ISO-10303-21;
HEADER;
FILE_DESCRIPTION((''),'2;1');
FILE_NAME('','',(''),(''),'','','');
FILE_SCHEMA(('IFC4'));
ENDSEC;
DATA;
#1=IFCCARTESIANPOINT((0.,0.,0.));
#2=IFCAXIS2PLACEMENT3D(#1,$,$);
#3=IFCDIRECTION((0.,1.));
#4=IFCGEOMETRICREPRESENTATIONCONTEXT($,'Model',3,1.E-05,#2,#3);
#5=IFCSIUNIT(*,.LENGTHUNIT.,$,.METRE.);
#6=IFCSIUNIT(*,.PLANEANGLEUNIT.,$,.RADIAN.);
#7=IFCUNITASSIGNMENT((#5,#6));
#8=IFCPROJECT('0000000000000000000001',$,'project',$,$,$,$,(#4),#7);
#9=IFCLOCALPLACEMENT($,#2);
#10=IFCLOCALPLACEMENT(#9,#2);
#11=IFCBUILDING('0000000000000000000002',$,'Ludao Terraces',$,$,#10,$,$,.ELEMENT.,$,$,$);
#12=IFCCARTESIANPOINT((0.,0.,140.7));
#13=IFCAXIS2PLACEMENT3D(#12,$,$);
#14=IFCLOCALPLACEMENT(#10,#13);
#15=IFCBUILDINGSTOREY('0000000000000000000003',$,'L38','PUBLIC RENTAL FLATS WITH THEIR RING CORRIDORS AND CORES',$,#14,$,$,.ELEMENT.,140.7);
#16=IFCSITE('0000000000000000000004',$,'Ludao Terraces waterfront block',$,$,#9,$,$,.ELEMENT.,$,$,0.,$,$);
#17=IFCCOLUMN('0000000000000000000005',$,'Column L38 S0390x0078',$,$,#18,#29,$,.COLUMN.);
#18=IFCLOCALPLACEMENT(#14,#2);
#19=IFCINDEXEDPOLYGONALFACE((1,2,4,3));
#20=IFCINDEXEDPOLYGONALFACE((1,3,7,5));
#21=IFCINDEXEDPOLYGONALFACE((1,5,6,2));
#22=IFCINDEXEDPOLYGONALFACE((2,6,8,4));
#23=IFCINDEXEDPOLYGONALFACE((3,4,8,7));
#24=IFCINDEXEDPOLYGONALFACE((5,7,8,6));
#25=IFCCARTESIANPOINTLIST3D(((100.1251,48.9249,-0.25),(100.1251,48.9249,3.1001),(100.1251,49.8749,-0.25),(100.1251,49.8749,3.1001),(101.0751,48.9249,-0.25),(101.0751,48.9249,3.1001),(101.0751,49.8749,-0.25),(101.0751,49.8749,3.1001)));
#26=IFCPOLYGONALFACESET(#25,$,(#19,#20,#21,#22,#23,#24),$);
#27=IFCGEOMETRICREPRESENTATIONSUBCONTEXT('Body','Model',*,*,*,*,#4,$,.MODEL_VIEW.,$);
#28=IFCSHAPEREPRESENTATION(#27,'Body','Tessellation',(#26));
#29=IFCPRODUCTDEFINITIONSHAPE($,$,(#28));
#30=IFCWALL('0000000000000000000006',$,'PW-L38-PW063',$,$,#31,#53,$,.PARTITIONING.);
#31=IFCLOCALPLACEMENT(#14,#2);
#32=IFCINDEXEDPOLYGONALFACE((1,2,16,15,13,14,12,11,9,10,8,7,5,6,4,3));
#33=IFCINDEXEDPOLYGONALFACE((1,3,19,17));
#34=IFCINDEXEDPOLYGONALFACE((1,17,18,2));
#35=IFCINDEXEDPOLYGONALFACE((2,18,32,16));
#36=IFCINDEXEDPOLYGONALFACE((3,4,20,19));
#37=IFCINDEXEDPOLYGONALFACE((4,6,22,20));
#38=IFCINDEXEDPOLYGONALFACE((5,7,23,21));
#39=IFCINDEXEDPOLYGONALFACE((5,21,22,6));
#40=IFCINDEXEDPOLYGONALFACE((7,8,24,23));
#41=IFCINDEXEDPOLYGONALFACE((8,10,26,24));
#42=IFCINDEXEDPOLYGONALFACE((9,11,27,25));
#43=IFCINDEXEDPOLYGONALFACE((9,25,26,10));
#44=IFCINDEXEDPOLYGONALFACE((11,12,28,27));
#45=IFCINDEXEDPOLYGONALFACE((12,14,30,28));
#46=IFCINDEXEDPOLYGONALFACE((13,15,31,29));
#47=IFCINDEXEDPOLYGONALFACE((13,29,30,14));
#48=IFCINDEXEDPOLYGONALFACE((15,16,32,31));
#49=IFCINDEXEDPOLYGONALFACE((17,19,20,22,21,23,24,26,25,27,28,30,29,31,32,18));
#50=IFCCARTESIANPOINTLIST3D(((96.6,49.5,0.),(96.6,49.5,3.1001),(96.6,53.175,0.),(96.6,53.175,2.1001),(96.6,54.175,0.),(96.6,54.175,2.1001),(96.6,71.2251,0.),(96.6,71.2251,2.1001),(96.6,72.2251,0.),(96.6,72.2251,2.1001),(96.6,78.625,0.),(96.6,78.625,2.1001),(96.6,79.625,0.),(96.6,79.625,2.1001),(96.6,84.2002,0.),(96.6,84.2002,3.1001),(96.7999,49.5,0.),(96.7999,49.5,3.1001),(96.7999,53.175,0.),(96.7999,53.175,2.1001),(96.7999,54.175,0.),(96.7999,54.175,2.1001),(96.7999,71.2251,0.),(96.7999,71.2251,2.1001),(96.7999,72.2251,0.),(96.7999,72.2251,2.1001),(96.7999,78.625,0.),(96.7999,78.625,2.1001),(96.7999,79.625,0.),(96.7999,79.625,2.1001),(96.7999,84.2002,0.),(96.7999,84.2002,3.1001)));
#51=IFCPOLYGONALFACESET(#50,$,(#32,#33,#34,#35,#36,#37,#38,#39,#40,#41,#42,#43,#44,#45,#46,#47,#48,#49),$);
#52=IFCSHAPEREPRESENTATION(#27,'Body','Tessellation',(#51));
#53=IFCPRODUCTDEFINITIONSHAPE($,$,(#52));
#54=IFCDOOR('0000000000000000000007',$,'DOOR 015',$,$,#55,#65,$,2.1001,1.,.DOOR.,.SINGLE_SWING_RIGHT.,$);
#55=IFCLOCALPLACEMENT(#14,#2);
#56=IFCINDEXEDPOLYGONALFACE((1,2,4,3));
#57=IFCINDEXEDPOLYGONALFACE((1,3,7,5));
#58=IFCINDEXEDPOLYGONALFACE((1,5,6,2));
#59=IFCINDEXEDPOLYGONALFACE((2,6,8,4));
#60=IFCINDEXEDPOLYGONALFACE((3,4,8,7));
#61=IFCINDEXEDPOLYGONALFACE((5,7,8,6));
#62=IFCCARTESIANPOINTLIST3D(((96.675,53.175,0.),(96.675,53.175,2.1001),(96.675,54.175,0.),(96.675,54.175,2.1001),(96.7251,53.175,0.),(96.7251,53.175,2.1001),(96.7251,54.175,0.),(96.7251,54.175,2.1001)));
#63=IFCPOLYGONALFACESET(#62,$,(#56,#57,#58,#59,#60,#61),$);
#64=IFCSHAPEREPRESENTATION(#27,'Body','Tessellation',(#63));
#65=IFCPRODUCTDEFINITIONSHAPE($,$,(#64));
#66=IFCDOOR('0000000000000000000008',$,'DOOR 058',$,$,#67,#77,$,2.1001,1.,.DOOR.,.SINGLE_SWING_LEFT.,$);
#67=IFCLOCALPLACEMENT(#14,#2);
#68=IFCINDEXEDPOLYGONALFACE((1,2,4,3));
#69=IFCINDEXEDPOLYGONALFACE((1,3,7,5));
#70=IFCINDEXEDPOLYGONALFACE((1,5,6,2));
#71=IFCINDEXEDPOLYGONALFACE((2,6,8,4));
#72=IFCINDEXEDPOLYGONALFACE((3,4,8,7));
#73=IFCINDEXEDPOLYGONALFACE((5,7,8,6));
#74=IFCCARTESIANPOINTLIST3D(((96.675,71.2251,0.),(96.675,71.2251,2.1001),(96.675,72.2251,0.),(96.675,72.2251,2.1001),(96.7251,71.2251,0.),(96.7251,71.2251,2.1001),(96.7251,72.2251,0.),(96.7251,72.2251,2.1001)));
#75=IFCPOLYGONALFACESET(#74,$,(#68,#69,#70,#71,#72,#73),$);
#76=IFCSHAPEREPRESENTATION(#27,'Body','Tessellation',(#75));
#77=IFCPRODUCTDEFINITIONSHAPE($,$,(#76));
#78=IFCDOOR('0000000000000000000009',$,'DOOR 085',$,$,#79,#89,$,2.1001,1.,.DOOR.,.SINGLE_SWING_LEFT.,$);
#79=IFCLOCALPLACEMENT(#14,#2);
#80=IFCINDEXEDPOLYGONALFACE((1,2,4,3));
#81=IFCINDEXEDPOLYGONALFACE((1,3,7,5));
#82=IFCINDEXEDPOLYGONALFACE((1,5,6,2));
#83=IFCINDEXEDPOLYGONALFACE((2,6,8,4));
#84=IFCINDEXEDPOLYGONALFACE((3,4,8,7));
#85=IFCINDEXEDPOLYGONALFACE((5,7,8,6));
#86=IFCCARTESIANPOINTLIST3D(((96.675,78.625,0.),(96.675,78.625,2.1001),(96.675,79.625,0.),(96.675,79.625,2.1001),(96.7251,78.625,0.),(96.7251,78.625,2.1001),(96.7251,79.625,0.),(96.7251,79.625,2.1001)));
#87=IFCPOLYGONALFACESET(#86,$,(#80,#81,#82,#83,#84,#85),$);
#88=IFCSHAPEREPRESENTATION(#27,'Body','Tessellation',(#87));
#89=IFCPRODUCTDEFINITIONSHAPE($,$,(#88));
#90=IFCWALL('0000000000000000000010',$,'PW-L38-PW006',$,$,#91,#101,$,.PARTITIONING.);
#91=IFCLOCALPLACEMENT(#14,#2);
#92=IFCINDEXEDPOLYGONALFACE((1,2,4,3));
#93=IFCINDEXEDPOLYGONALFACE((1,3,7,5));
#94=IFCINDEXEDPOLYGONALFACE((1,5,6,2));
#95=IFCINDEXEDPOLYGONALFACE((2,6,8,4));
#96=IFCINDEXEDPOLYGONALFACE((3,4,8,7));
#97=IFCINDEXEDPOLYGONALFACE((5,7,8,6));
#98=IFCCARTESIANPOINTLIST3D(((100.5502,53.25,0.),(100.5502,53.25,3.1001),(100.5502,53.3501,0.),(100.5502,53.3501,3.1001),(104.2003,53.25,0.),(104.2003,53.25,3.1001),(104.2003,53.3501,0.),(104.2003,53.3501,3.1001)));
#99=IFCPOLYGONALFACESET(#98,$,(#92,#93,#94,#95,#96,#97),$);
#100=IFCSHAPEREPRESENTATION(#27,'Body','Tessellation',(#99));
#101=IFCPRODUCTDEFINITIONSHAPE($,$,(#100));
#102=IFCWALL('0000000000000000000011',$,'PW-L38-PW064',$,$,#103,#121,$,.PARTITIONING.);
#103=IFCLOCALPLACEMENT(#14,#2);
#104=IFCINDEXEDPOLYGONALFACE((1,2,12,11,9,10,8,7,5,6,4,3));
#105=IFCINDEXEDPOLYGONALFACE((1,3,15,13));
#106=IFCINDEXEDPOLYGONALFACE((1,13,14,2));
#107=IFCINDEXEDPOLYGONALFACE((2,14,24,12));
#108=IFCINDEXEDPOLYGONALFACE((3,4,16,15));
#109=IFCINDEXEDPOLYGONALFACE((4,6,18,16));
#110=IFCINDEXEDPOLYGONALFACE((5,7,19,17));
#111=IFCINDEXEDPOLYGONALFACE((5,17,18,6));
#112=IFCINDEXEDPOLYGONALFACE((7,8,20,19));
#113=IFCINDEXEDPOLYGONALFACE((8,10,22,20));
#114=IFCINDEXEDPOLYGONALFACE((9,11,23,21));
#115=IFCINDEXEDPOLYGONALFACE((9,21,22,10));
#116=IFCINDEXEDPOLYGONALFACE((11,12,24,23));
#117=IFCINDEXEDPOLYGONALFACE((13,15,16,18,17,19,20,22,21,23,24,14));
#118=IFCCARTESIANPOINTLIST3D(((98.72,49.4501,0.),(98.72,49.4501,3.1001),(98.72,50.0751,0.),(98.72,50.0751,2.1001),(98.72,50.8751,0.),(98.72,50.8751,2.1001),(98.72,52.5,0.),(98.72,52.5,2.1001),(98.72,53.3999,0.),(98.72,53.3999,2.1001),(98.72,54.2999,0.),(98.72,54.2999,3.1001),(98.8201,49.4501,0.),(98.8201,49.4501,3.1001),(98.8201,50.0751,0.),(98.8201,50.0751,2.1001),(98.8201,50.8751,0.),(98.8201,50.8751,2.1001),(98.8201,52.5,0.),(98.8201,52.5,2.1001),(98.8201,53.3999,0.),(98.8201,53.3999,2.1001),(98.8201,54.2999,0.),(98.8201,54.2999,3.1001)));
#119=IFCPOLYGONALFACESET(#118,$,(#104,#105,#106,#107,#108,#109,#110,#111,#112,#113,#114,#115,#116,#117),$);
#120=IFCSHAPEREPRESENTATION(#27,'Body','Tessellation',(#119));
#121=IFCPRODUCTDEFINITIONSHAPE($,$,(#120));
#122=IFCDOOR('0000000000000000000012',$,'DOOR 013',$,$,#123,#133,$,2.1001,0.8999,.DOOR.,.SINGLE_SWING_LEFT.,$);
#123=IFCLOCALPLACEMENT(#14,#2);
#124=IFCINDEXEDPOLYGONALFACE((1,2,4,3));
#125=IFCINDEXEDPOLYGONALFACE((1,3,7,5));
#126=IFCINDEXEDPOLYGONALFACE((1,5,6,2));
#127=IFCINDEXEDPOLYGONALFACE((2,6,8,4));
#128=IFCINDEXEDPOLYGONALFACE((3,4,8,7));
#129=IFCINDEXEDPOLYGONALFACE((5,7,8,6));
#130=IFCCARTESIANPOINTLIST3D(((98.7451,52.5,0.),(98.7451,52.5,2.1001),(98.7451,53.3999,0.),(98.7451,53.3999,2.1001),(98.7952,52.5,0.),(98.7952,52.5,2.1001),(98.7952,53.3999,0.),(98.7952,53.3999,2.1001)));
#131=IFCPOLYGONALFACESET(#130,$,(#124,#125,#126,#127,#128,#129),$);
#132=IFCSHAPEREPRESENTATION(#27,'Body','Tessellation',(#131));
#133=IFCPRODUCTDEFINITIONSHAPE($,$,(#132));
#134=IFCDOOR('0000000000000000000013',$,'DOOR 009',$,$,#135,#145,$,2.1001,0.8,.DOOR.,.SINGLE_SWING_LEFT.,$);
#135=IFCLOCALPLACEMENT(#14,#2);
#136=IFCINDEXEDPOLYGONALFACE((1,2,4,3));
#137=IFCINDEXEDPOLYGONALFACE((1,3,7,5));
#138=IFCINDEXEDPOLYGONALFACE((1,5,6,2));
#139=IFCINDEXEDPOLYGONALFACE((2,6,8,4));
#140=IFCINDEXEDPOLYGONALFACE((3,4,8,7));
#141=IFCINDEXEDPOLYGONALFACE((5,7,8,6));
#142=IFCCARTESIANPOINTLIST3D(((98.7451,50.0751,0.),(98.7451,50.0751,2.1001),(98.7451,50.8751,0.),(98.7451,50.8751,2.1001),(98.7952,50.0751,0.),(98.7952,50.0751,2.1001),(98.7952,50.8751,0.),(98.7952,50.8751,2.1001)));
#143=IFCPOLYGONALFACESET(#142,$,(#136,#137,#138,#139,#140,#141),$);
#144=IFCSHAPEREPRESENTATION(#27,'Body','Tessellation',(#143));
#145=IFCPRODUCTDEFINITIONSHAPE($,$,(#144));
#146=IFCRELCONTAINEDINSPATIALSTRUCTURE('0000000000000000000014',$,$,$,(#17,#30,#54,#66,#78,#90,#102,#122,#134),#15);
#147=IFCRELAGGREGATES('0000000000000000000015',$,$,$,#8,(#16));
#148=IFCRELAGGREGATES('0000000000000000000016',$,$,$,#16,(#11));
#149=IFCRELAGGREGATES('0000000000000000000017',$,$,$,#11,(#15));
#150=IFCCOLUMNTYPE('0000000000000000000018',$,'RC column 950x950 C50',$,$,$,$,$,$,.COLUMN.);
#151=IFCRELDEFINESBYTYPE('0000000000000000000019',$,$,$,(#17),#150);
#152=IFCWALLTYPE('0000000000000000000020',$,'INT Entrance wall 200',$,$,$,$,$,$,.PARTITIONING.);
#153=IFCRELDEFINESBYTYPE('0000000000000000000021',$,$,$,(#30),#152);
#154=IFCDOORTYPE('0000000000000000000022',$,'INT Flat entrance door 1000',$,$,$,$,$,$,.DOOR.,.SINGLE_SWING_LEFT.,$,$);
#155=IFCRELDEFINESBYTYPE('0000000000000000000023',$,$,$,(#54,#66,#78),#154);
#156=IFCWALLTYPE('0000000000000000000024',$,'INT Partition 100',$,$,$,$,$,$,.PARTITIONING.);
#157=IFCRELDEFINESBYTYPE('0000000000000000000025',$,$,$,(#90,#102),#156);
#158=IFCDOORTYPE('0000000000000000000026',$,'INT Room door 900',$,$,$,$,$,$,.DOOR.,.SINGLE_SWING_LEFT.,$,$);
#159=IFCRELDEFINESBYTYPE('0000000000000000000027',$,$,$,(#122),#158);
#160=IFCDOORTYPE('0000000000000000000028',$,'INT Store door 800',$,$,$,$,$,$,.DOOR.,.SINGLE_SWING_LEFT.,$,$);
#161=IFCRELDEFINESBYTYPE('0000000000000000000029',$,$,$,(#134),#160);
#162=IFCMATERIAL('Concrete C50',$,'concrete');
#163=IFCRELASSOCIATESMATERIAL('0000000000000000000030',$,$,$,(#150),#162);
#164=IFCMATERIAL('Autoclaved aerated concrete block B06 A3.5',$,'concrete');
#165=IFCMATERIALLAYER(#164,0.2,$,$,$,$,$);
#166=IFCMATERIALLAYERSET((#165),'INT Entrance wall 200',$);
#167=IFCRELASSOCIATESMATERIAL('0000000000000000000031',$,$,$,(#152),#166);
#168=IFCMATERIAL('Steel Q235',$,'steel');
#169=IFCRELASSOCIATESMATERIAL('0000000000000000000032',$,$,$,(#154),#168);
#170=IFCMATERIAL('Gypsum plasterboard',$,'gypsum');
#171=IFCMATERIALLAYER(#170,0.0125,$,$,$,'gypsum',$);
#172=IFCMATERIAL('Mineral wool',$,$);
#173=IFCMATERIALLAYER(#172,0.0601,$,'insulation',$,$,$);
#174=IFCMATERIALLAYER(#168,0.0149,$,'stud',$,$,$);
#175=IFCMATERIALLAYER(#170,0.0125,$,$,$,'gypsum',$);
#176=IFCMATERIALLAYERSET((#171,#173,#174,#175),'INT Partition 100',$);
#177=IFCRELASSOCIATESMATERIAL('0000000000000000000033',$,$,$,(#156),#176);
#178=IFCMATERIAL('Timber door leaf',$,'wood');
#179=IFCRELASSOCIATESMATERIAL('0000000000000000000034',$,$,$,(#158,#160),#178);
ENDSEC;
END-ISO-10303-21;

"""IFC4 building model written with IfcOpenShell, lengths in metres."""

from ifc_helpers import new_model, si_unit, direction, frame, frame_2d, origin, origin_2d, place, context, subcontext, project, spatial, rectangle, extrude, material, layer, layer_set, material_profile, profile_set, type_object, element, fill, save


model = new_model("IFC4")

# Units and contexts
model_context = context("Model", 3, precision=1e-05, world=origin(), true_north=direction((0.0, 1.0)))
body_context = subcontext(model_context, "Body", "Model", "MODEL_VIEW")
ifc_project = project(units=[si_unit("LENGTHUNIT", "METRE"), si_unit("PLANEANGLEUNIT", "RADIAN")], contexts=[model_context])

# Site, building, storey
site_placement = place(None, origin())
site = spatial("IfcSite", under=ifc_project, at=site_placement, Name="Ludao Terraces waterfront block", CompositionType="ELEMENT", RefElevation=0.0)
building_placement = place(site_placement, origin())
building = spatial("IfcBuilding", under=site, at=building_placement, Name="Ludao Terraces", CompositionType="ELEMENT")
storey_placement = place(building_placement, frame((0.0, 0.0, 140.7)))
storey = spatial("IfcBuildingStorey", under=building, at=storey_placement, Name="L38", Description="PUBLIC RENTAL FLATS WITH THEIR RING CORRIDORS AND CORES", CompositionType="ELEMENT", Elevation=140.7)

# Column
ifc_material_1 = material(Name="Concrete C50", Category="concrete")
ifc_material_profile = material_profile(ifc_material_1, rectangle(XDim=0.95, YDim=0.95, at=origin_2d()), Name="950 X 950")
ifc_profile_set = profile_set([ifc_material_profile], Name="Concrete C50")
column_type = type_object("IfcColumnType", Name="RC column 950x950 C50", PredefinedType="COLUMN", material=ifc_profile_set)
column_placement = place(storey_placement, frame((100.6001, 49.3999, -0.25), z_axis=(0.0, 0.0, 1.0), x_axis=(1.0, 0.0, 0.0)))
element("IfcColumn", 1, at=column_placement, inside=storey, type_object=column_type, Name="Column L38 S0390x0078", PredefinedType="COLUMN", context=body_context, shape_type="SweptSolid", body=[
    extrude(rectangle(XDim=0.95, YDim=0.95, at=origin_2d()), origin(), (0.0, 0.0, 1.0), 3.3501),
])

# Wall, openings, doors
ifc_material_2 = material(Name="Autoclaved aerated concrete block B06 A3.5", Category="concrete")
ifc_layer_1 = layer(ifc_material_2, 0.2)
ifc_layer_set_1 = layer_set([ifc_layer_1], Name="INT Entrance wall 200")
wall_type_1 = type_object("IfcWallType", Name="INT Entrance wall 200", PredefinedType="PARTITIONING", material=ifc_layer_set_1)
wall_1_placement = place(storey_placement, frame((96.7, 49.5, 0.0), z_axis=(0.0, 0.0, 1.0), x_axis=(0.0, 1.0, 0.0)))
wall_1 = element("IfcWall", 2, at=wall_1_placement, inside=storey, type_object=wall_type_1, Name="PW-L38-PW063", PredefinedType="PARTITIONING", context=body_context, shape_type="SweptSolid", body=[
    extrude(rectangle(XDim=34.7002, YDim=0.2, at=frame_2d((17.3501, 0.0))), origin(), (0.0, 0.0, 1.0), 3.1001),
])
opening_1_placement = place(wall_1_placement, frame((3.675, 0.0, 0.0)))
opening_1 = element("IfcOpeningElement", 3, at=opening_1_placement, cuts=wall_1, PredefinedType="OPENING", context=body_context, shape_type="SweptSolid", body=[
    extrude(rectangle(XDim=1.0, YDim=2.1001, at=frame_2d((0.5, 1.05))), frame((0.0, 0.1099, 0.0), z_axis=(0.0, -1.0, 0.0), x_axis=(1.0, 0.0, 0.0)), (0.0, 0.0, 1.0), 0.22),
])
opening_2_placement = place(wall_1_placement, frame((21.7251, 0.0, 0.0)))
opening_2 = element("IfcOpeningElement", 4, at=opening_2_placement, cuts=wall_1, PredefinedType="OPENING", context=body_context, shape_type="SweptSolid", body=[
    extrude(rectangle(XDim=1.0, YDim=2.1001, at=frame_2d((0.5, 1.05))), frame((0.0, 0.1099, 0.0), z_axis=(0.0, -1.0, 0.0), x_axis=(1.0, 0.0, 0.0)), (0.0, 0.0, 1.0), 0.22),
])
opening_3_placement = place(wall_1_placement, frame((29.125, 0.0, 0.0)))
opening_3 = element("IfcOpeningElement", 5, at=opening_3_placement, cuts=wall_1, PredefinedType="OPENING", context=body_context, shape_type="SweptSolid", body=[
    extrude(rectangle(XDim=1.0, YDim=2.1001, at=frame_2d((0.5, 1.05))), frame((0.0, 0.1099, 0.0), z_axis=(0.0, -1.0, 0.0), x_axis=(1.0, 0.0, 0.0)), (0.0, 0.0, 1.0), 0.22),
])
ifc_material_3 = material(Name="Steel Q235", Category="steel")
door_type_1 = type_object("IfcDoorType", Name="INT Flat entrance door 1000", OperationType="SINGLE_SWING_LEFT", PredefinedType="DOOR", material=ifc_material_3)
door_1_placement = place(opening_1_placement, origin())
door_1 = element("IfcDoor", 6, at=door_1_placement, inside=storey, type_object=door_type_1, Name="DOOR 015", OperationType="SINGLE_SWING_RIGHT", OverallHeight=2.1001, OverallWidth=1.0, PredefinedType="DOOR", context=body_context, shape_type="SweptSolid", body=[
    extrude(rectangle(XDim=1.0, YDim=2.1001, at=frame_2d((0.5, 1.05))), frame((0.0, 0.0249, 0.0), z_axis=(0.0, -1.0, 0.0), x_axis=(1.0, 0.0, 0.0)), (0.0, 0.0, 1.0), 0.05),
])
fill(opening_1, door_1)
door_2_placement = place(opening_2_placement, origin())
door_2 = element("IfcDoor", 7, at=door_2_placement, inside=storey, type_object=door_type_1, Name="DOOR 058", OperationType="SINGLE_SWING_LEFT", OverallHeight=2.1001, OverallWidth=1.0, PredefinedType="DOOR", context=body_context, shape_type="SweptSolid", body=[
    extrude(rectangle(XDim=1.0, YDim=2.1001, at=frame_2d((0.5, 1.05))), frame((0.0, 0.0249, 0.0), z_axis=(0.0, -1.0, 0.0), x_axis=(1.0, 0.0, 0.0)), (0.0, 0.0, 1.0), 0.05),
])
fill(opening_2, door_2)
door_3_placement = place(opening_3_placement, origin())
door_3 = element("IfcDoor", 8, at=door_3_placement, inside=storey, type_object=door_type_1, Name="DOOR 085", OperationType="SINGLE_SWING_LEFT", OverallHeight=2.1001, OverallWidth=1.0, PredefinedType="DOOR", context=body_context, shape_type="SweptSolid", body=[
    extrude(rectangle(XDim=1.0, YDim=2.1001, at=frame_2d((0.5, 1.05))), frame((0.0, 0.0249, 0.0), z_axis=(0.0, -1.0, 0.0), x_axis=(1.0, 0.0, 0.0)), (0.0, 0.0, 1.0), 0.05),
])
fill(opening_3, door_3)

# Wall
ifc_material_4 = material(Name="Gypsum plasterboard", Category="gypsum")
ifc_layer_2 = layer(ifc_material_4, 0.0125, Category="gypsum")
ifc_material_5 = material(Name="Mineral wool")
ifc_layer_3 = layer(ifc_material_5, 0.0601, Name="insulation")
ifc_layer_4 = layer(ifc_material_3, 0.0149, Name="stud")
ifc_layer_5 = layer(ifc_material_4, 0.0125, Category="gypsum")
ifc_layer_set_2 = layer_set([ifc_layer_2, ifc_layer_3, ifc_layer_4, ifc_layer_5], Name="INT Partition 100")
wall_type_2 = type_object("IfcWallType", Name="INT Partition 100", PredefinedType="PARTITIONING", material=ifc_layer_set_2)
wall_2_placement = place(storey_placement, frame((100.55, 53.3, 0.0), z_axis=(0.0, 0.0, 1.0), x_axis=(1.0, 0.0, 0.0)))
element("IfcWall", 9, at=wall_2_placement, inside=storey, type_object=wall_type_2, Name="PW-L38-PW006", PredefinedType="PARTITIONING", context=body_context, shape_type="SweptSolid", body=[
    extrude(rectangle(XDim=3.6501, YDim=0.1001, at=frame_2d((1.8252, 0.0))), origin(), (0.0, 0.0, 1.0), 3.1001),
])

# Wall, openings, doors
wall_3_placement = place(storey_placement, frame((98.77, 49.4502, 0.0), z_axis=(0.0, 0.0, 1.0), x_axis=(0.0, 1.0, 0.0)))
wall_3 = element("IfcWall", 10, at=wall_3_placement, inside=storey, type_object=wall_type_2, Name="PW-L38-PW064", PredefinedType="PARTITIONING", context=body_context, shape_type="SweptSolid", body=[
    extrude(rectangle(XDim=4.8499, YDim=0.1001, at=frame_2d((2.4248, 0.0))), origin(), (0.0, 0.0, 1.0), 3.1001),
])
opening_4_placement = place(wall_3_placement, frame((0.625, 0.0, 0.0)))
opening_4 = element("IfcOpeningElement", 11, at=opening_4_placement, cuts=wall_3, PredefinedType="OPENING", context=body_context, shape_type="SweptSolid", body=[
    extrude(rectangle(XDim=0.8, YDim=2.1001, at=frame_2d((0.3999, 1.05))), frame((0.0, 0.0601, 0.0), z_axis=(0.0, -1.0, 0.0), x_axis=(1.0, 0.0, 0.0)), (0.0, 0.0, 1.0), 0.1201),
])
opening_5_placement = place(wall_3_placement, frame((3.0498, 0.0, 0.0)))
opening_5 = element("IfcOpeningElement", 12, at=opening_5_placement, cuts=wall_3, PredefinedType="OPENING", context=body_context, shape_type="SweptSolid", body=[
    extrude(rectangle(XDim=0.8999, YDim=2.1001, at=frame_2d((0.45, 1.05))), frame((0.0, 0.0601, 0.0), z_axis=(0.0, -1.0, 0.0), x_axis=(1.0, 0.0, 0.0)), (0.0, 0.0, 1.0), 0.1201),
])
ifc_material_6 = material(Name="Timber door leaf", Category="wood")
door_type_2 = type_object("IfcDoorType", Name="INT Room door 900", OperationType="SINGLE_SWING_LEFT", PredefinedType="DOOR", material=ifc_material_6)
door_4_placement = place(opening_5_placement, origin())
door_4 = element("IfcDoor", 13, at=door_4_placement, inside=storey, type_object=door_type_2, Name="DOOR 013", OperationType="SINGLE_SWING_LEFT", OverallHeight=2.1001, OverallWidth=0.8999, PredefinedType="DOOR", context=body_context, shape_type="SweptSolid", body=[
    extrude(rectangle(XDim=0.8999, YDim=2.1001, at=frame_2d((0.45, 1.05))), frame((0.0, 0.0249, 0.0), z_axis=(0.0, -1.0, 0.0), x_axis=(1.0, 0.0, 0.0)), (0.0, 0.0, 1.0), 0.05),
])
fill(opening_5, door_4)
door_type_3 = type_object("IfcDoorType", Name="INT Store door 800", OperationType="SINGLE_SWING_LEFT", PredefinedType="DOOR", material=ifc_material_6)
door_5_placement = place(opening_4_placement, origin())
door_5 = element("IfcDoor", 14, at=door_5_placement, inside=storey, type_object=door_type_3, Name="DOOR 009", OperationType="SINGLE_SWING_LEFT", OverallHeight=2.1001, OverallWidth=0.8, PredefinedType="DOOR", context=body_context, shape_type="SweptSolid", body=[
    extrude(rectangle(XDim=0.8, YDim=2.1001, at=frame_2d((0.3999, 1.05))), frame((0.0, 0.0249, 0.0), z_axis=(0.0, -1.0, 0.0), x_axis=(1.0, 0.0, 0.0)), (0.0, 0.0, 1.0), 0.05),
])
fill(opening_4, door_5)

save(model, "model.ifc")
